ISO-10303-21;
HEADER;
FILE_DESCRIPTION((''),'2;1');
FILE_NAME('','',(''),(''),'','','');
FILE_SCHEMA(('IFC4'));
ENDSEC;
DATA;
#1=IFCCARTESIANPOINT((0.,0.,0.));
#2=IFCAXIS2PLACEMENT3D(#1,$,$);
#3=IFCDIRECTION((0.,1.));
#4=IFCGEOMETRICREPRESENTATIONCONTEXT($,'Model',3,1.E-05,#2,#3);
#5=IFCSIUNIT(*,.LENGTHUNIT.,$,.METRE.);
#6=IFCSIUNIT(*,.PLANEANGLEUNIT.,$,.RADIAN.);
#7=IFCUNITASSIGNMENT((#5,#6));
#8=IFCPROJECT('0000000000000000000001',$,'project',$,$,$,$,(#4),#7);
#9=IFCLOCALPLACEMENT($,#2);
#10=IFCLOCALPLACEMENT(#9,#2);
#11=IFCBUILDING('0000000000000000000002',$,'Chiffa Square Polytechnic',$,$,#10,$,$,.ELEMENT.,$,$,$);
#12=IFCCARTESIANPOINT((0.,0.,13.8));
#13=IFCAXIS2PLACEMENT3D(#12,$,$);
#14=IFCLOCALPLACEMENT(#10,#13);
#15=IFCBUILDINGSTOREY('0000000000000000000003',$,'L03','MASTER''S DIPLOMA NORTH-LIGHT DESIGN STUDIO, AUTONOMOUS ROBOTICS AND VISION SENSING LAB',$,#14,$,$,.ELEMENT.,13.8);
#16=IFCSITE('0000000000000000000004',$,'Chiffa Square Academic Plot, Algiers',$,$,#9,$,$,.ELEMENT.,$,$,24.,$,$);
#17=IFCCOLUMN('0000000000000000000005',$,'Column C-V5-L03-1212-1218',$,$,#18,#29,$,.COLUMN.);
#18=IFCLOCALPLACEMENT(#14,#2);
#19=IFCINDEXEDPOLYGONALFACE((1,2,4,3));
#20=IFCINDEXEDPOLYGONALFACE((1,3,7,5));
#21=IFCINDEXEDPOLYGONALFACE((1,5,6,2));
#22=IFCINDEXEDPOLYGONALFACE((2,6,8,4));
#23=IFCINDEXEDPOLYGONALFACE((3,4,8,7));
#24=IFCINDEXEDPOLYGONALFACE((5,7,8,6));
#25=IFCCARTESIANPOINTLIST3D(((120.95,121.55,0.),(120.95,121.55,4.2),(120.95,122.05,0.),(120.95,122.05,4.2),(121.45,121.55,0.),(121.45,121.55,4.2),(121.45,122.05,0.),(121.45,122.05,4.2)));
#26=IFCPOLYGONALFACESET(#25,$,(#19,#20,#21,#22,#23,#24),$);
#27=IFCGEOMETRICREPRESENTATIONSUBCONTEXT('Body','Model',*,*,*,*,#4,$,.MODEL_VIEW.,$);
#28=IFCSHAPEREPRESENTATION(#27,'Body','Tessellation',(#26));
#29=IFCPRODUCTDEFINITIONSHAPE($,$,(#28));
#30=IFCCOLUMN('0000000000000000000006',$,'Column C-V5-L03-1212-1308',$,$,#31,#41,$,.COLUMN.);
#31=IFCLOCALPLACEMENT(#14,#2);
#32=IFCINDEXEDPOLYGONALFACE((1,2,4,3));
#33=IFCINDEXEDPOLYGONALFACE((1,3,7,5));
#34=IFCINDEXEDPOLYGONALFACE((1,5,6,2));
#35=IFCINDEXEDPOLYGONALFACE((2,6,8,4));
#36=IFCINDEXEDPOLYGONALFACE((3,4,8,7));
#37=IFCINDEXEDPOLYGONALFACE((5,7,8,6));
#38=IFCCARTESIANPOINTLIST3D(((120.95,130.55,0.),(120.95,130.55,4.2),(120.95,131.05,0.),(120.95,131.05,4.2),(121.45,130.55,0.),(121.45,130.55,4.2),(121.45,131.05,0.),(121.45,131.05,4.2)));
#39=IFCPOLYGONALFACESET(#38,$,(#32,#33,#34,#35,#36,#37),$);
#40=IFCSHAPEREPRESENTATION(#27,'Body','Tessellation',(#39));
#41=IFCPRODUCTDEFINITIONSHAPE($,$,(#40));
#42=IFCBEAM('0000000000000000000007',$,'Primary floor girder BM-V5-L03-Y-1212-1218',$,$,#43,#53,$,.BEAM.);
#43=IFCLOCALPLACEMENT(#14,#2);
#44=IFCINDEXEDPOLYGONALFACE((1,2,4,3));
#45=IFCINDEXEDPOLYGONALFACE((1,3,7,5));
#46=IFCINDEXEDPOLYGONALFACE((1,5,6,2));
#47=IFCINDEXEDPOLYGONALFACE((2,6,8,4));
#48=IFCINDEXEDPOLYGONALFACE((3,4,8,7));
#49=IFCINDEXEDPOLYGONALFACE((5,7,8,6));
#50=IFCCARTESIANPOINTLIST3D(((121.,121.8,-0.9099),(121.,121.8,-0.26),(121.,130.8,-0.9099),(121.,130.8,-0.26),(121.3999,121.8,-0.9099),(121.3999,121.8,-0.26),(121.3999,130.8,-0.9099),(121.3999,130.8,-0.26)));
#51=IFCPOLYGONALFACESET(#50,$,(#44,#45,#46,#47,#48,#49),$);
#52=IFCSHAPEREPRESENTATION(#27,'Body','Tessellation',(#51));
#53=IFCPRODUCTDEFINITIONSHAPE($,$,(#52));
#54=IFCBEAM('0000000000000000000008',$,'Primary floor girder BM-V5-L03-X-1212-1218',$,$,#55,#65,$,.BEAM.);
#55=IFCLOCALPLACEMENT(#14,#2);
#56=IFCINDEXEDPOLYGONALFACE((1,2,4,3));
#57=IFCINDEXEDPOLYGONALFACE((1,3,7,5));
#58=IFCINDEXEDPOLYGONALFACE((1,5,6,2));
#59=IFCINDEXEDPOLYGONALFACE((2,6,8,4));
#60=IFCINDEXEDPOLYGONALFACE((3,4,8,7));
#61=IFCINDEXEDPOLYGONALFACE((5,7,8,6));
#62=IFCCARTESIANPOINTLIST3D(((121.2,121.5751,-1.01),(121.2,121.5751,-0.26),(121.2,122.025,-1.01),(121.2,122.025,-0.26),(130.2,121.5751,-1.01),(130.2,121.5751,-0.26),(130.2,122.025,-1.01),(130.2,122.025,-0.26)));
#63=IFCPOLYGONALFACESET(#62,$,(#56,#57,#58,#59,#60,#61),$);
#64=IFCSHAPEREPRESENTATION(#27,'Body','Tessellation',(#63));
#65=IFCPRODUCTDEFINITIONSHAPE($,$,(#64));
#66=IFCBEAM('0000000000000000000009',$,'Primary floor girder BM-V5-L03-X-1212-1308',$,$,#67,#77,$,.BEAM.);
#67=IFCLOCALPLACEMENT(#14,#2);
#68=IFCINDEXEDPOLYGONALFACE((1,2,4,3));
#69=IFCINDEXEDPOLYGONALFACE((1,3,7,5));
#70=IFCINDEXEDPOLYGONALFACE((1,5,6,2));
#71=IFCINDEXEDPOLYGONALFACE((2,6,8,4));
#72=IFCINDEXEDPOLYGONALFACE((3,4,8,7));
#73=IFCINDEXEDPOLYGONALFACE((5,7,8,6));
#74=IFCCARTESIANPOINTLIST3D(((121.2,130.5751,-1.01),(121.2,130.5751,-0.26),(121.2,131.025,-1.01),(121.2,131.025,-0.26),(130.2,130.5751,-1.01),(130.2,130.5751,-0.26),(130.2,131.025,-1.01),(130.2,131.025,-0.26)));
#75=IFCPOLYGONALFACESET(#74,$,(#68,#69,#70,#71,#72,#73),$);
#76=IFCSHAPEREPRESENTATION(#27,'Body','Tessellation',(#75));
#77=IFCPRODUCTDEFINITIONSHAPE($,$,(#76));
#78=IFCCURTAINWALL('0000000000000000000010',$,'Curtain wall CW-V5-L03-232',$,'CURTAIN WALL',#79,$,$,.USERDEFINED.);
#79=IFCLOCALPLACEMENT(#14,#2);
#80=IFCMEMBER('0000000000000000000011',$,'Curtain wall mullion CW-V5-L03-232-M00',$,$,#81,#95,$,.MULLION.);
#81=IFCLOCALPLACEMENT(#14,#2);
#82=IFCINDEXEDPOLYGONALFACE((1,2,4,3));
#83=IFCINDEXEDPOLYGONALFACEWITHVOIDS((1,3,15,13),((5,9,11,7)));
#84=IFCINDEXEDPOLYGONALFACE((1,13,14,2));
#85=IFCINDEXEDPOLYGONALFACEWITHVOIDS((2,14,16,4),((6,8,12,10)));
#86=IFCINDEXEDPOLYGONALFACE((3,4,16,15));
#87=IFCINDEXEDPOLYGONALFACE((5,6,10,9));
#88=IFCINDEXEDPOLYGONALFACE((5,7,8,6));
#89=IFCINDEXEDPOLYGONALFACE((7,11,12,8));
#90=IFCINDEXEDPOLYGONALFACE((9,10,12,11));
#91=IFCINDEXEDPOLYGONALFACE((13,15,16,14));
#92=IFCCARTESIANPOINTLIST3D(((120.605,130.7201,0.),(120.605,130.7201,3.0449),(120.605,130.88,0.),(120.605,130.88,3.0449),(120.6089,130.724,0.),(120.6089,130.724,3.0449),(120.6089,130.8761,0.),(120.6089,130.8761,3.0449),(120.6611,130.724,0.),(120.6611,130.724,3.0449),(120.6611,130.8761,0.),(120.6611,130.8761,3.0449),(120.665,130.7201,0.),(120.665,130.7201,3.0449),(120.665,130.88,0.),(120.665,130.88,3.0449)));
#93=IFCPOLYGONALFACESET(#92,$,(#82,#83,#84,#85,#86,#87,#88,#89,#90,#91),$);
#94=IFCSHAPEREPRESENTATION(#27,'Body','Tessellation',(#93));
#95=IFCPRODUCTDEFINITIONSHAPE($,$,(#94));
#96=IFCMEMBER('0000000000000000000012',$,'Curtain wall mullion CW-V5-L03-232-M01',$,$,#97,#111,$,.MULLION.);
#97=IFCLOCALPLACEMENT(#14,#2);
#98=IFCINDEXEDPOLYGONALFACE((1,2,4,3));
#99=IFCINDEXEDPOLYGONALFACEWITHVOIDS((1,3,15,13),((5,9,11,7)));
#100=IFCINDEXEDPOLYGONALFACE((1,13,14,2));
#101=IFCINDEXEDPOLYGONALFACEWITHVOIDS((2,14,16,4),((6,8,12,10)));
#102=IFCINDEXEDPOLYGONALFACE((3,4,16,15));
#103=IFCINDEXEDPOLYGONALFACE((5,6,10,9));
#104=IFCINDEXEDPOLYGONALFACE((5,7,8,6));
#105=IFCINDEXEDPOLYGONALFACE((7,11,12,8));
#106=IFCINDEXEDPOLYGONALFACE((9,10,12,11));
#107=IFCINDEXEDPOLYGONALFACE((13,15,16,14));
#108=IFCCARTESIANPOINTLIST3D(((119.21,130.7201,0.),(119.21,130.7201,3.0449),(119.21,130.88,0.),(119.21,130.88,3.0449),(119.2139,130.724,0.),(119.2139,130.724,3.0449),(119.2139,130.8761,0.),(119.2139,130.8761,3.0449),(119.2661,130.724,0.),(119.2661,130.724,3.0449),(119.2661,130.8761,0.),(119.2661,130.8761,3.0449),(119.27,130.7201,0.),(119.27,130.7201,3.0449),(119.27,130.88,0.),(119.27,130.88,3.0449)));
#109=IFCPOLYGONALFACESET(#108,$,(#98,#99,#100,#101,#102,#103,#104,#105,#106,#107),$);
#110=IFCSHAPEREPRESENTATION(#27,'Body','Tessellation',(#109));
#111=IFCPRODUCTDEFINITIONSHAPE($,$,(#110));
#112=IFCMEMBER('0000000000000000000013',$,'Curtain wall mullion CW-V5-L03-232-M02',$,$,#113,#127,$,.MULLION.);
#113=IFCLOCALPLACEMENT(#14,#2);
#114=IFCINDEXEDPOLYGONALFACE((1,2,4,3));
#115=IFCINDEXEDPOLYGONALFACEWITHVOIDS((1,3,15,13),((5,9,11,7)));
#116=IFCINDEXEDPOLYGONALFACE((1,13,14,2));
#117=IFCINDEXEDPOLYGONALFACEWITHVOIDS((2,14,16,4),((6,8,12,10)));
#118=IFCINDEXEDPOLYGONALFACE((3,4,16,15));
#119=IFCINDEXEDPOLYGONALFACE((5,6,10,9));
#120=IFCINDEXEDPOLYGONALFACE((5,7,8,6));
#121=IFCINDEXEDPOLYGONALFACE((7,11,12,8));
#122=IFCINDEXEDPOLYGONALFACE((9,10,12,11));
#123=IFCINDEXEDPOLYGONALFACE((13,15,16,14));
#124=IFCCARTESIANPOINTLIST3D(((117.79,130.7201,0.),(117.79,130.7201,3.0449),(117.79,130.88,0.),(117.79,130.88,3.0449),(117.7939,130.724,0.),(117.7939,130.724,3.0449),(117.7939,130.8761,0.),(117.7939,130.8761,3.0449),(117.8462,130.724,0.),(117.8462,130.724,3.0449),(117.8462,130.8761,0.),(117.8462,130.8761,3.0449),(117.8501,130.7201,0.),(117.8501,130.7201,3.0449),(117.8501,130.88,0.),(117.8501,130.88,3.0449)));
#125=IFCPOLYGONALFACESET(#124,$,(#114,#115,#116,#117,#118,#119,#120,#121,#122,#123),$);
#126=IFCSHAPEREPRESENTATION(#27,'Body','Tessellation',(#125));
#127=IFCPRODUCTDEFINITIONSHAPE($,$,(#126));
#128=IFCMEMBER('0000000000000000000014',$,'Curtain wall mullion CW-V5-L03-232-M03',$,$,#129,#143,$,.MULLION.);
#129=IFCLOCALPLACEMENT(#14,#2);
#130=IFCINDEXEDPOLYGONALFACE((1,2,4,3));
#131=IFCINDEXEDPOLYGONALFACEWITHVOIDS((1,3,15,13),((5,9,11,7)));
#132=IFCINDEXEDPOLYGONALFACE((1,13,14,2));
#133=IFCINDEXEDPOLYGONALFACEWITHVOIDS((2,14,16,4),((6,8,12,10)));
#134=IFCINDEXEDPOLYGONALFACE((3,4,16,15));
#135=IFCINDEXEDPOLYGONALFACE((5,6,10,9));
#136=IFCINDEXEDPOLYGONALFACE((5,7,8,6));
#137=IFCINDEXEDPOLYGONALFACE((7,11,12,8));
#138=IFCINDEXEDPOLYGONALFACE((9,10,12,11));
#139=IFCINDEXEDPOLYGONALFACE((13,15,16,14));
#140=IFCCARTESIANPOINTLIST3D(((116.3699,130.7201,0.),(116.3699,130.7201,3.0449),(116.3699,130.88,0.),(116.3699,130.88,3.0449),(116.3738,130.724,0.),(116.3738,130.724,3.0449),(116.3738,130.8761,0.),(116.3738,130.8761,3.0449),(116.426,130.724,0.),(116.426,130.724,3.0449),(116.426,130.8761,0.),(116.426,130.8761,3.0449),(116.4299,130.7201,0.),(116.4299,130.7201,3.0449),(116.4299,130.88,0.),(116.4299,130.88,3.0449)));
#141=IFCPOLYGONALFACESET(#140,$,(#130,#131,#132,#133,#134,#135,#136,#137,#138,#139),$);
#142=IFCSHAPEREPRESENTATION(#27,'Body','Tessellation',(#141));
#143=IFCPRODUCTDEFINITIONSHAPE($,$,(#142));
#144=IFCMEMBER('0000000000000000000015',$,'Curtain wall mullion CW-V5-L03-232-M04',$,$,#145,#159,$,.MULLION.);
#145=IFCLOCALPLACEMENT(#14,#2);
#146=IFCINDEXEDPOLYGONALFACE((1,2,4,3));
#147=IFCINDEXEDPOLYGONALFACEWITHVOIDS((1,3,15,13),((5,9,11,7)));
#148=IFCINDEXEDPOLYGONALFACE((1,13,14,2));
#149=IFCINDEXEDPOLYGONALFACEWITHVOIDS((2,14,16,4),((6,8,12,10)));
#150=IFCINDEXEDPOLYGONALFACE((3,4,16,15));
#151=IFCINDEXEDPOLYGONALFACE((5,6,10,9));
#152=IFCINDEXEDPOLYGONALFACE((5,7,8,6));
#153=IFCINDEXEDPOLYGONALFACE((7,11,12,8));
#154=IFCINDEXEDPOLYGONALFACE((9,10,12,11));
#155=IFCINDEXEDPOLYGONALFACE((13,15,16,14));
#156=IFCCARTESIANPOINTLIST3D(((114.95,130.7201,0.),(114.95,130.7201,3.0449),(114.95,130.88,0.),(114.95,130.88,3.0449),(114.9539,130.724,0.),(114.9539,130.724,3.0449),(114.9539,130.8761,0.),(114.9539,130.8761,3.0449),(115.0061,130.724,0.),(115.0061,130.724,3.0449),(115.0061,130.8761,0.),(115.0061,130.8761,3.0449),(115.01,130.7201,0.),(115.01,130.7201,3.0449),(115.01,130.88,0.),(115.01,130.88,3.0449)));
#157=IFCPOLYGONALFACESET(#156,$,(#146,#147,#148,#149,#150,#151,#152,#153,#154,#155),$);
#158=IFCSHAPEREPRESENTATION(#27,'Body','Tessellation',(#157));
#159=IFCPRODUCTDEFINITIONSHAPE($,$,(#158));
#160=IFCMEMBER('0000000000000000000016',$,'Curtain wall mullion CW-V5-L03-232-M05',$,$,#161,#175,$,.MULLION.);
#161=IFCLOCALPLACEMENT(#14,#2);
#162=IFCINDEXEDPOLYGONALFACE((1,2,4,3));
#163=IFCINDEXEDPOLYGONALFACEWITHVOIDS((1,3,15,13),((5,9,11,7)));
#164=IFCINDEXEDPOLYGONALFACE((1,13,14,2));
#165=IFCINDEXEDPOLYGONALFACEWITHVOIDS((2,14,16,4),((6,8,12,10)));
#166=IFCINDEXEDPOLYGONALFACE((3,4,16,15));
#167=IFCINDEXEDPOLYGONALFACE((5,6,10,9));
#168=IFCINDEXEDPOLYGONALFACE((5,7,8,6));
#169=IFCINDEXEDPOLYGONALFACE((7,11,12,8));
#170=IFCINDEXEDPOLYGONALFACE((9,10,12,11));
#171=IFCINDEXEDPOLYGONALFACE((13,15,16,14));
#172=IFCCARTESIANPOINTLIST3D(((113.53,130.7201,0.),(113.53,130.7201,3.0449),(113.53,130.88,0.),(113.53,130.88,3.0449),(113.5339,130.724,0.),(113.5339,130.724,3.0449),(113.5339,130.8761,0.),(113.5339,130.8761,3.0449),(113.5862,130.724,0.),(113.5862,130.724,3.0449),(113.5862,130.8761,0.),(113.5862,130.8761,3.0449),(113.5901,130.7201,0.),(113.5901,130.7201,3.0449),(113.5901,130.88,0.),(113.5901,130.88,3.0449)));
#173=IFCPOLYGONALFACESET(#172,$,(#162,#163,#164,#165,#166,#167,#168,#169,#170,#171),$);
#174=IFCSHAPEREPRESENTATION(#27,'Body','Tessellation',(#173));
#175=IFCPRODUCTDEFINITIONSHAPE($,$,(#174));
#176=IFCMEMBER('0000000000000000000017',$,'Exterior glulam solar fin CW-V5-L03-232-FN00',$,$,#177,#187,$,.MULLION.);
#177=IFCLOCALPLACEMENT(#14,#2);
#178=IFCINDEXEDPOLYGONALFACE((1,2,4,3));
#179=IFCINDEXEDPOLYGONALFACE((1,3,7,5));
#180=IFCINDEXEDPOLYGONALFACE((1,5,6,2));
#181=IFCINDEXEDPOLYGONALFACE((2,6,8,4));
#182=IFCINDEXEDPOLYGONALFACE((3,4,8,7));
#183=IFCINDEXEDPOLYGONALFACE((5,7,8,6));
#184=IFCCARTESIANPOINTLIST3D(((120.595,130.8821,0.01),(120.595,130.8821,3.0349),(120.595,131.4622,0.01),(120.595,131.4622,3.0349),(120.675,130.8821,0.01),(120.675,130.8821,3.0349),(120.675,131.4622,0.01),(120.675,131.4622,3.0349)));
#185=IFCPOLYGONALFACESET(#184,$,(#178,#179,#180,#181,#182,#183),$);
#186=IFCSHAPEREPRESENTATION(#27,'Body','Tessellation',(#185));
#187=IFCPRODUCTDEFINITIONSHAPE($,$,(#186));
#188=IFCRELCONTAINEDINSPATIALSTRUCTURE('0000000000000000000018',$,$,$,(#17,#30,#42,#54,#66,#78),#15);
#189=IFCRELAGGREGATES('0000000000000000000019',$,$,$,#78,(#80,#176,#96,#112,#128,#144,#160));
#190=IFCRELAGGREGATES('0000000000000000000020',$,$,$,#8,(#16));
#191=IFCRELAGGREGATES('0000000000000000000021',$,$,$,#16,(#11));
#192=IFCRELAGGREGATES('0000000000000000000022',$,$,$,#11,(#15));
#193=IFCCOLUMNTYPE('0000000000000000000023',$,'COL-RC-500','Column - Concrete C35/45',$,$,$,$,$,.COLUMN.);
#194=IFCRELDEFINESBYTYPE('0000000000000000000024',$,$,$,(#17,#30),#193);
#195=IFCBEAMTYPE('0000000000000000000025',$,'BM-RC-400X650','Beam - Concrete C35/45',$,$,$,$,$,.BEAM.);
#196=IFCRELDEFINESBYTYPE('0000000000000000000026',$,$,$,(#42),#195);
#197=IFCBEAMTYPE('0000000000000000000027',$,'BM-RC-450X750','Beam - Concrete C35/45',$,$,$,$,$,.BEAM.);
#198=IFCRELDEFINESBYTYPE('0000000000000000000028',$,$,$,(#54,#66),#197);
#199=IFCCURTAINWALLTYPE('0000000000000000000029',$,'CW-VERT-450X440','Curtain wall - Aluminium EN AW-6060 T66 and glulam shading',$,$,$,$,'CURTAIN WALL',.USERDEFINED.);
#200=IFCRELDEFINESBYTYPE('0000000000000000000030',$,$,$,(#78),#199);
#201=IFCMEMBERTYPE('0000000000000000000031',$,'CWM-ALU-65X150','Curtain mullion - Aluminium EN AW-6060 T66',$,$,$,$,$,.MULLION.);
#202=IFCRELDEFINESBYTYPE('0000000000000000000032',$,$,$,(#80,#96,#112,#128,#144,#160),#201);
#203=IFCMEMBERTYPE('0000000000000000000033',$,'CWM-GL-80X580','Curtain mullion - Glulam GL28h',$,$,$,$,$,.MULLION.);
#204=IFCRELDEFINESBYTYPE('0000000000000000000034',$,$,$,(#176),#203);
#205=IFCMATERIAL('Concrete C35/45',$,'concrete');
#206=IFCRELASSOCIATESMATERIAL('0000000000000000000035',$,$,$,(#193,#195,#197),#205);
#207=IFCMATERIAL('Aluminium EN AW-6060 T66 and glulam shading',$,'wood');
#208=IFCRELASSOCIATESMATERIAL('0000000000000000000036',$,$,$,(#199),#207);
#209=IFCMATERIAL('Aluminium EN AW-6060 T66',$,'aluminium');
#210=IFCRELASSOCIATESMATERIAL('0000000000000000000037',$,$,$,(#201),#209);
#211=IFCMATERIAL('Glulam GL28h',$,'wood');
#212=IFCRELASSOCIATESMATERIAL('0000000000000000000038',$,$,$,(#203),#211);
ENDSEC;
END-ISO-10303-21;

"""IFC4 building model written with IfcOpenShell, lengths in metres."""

from ifc_helpers import new_model, si_unit, direction, frame, origin, origin_2d, place, context, subcontext, project, spatial, rectangle, hollow_rectangle, extrude, material, material_profile, profile_set, type_object, element, aggregate, save


model = new_model("IFC4")

# Units and contexts
model_context = context("Model", 3, precision=1e-05, world=origin(), true_north=direction((0.0, 1.0)))
body_context = subcontext(model_context, "Body", "Model", "MODEL_VIEW")
ifc_project = project(units=[si_unit("LENGTHUNIT", "METRE"), si_unit("PLANEANGLEUNIT", "RADIAN")], contexts=[model_context])

# Site, building, storey
site_placement = place(None, origin())
site = spatial("IfcSite", under=ifc_project, at=site_placement, Name="Chiffa Square Academic Plot, Algiers", CompositionType="ELEMENT", RefElevation=24.0)
building_placement = place(site_placement, origin())
building = spatial("IfcBuilding", under=site, at=building_placement, Name="Chiffa Square Polytechnic", CompositionType="ELEMENT")
storey_placement = place(building_placement, frame((0.0, 0.0, 13.8)))
storey = spatial("IfcBuildingStorey", under=building, at=storey_placement, Name="L03", Description="MASTER'S DIPLOMA NORTH-LIGHT DESIGN STUDIO, AUTONOMOUS ROBOTICS AND VISION SENSING LAB", CompositionType="ELEMENT", Elevation=13.8)

# Columns
ifc_material_1 = material(Name="Concrete C35/45", Category="concrete")
ifc_material_profile_1 = material_profile(ifc_material_1, rectangle(XDim=0.5, YDim=0.5, at=origin_2d()), Name="RC 500x500")
ifc_profile_set_1 = profile_set([ifc_material_profile_1], Name="Concrete C35/45")
column_type = type_object("IfcColumnType", Name="COL-RC-500", Description="Column - Concrete C35/45", PredefinedType="COLUMN", material=ifc_profile_set_1)
for number, where, z_axis, x_axis, name in (
    (1, (121.2, 121.8, 0.0), (0.0, 0.0, 1.0), (1.0, 0.0, 0.0), "Column C-V5-L03-1212-1218"),
    (2, (121.2, 130.8, 0.0), (0.0, 0.0, 1.0), (1.0, 0.0, 0.0), "Column C-V5-L03-1212-1308"),
):
    element("IfcColumn", number, at=place(storey_placement, frame(where, z_axis=z_axis, x_axis=x_axis)), inside=storey, type_object=column_type, Name=name, PredefinedType="COLUMN", context=body_context, shape_type="SweptSolid", body=[
        extrude(rectangle(XDim=0.5, YDim=0.5, at=origin_2d()), origin(), (0.0, 0.0, 1.0), 4.2),
    ])

# Beams
ifc_material_profile_2 = material_profile(ifc_material_1, rectangle(XDim=0.3999, YDim=0.6499, at=origin_2d()), Name="RC 400x650")
ifc_profile_set_2 = profile_set([ifc_material_profile_2], Name="Concrete C35/45")
beam_type_1 = type_object("IfcBeamType", Name="BM-RC-400X650", Description="Beam - Concrete C35/45", PredefinedType="BEAM", material=ifc_profile_set_2)
beam_placement = place(storey_placement, frame((121.2, 121.8, -0.585), z_axis=(0.0, 1.0, 0.0), x_axis=(-1.0, 0.0, 0.0)))
element("IfcBeam", 3, at=beam_placement, inside=storey, type_object=beam_type_1, Name="Primary floor girder BM-V5-L03-Y-1212-1218", PredefinedType="BEAM", context=body_context, shape_type="SweptSolid", body=[
    extrude(rectangle(XDim=0.3999, YDim=0.6499, at=origin_2d()), origin(), (0.0, 0.0, 1.0), 9.0),
])
ifc_material_profile_3 = material_profile(ifc_material_1, rectangle(XDim=0.45, YDim=0.75, at=origin_2d()), Name="RC 450x750")
ifc_profile_set_3 = profile_set([ifc_material_profile_3], Name="Concrete C35/45")
beam_type_2 = type_object("IfcBeamType", Name="BM-RC-450X750", Description="Beam - Concrete C35/45", PredefinedType="BEAM", material=ifc_profile_set_3)
for number, where, z_axis, x_axis, name in (
    (4, (121.2, 121.8, -0.635), (1.0, 0.0, 0.0), (0.0, 1.0, 0.0), "Primary floor girder BM-V5-L03-X-1212-1218"),
    (5, (121.2, 130.8, -0.635), (1.0, 0.0, 0.0), (0.0, 1.0, 0.0), "Primary floor girder BM-V5-L03-X-1212-1308"),
):
    element("IfcBeam", number, at=place(storey_placement, frame(where, z_axis=z_axis, x_axis=x_axis)), inside=storey, type_object=beam_type_2, Name=name, PredefinedType="BEAM", context=body_context, shape_type="SweptSolid", body=[
        extrude(rectangle(XDim=0.45, YDim=0.75, at=origin_2d()), origin(), (0.0, 0.0, 1.0), 9.0),
    ])

# Curtain wall, members
ifc_material_2 = material(Name="Aluminium EN AW-6060 T66 and glulam shading", Category="wood")
curtain_wall_type = type_object("IfcCurtainWallType", Name="CW-VERT-450X440", Description="Curtain wall - Aluminium EN AW-6060 T66 and glulam shading", ElementType="CURTAIN WALL", PredefinedType="USERDEFINED", material=ifc_material_2)
curtain_wall_placement = place(storey_placement, origin())
curtain_wall = element("IfcCurtainWall", 6, at=curtain_wall_placement, inside=storey, type_object=curtain_wall_type, Name="Curtain wall CW-V5-L03-232", ObjectType="CURTAIN WALL", PredefinedType="USERDEFINED")
ifc_material_3 = material(Name="Aluminium EN AW-6060 T66", Category="aluminium")
ifc_material_profile_4 = material_profile(ifc_material_3, hollow_rectangle(XDim=0.0601, YDim=0.1599, WallThickness=0.0039, at=origin_2d()), Name="ALU 60x160x4")
ifc_profile_set_4 = profile_set([ifc_material_profile_4], Name="Aluminium EN AW-6060 T66")
member_type_1 = type_object("IfcMemberType", Name="CWM-ALU-65X150", Description="Curtain mullion - Aluminium EN AW-6060 T66", PredefinedType="MULLION", material=ifc_profile_set_4)
member_1_placement = place(storey_placement, frame((120.635, 130.8, 0.0), z_axis=(0.0, 0.0, 1.0), x_axis=(1.0, 0.0, 0.0)))
member_1 = element("IfcMember", 7, at=member_1_placement, type_object=member_type_1, Name="Curtain wall mullion CW-V5-L03-232-M00", PredefinedType="MULLION", context=body_context, shape_type="SweptSolid", body=[
    extrude(hollow_rectangle(XDim=0.0601, YDim=0.1599, WallThickness=0.0039, at=origin_2d()), origin(), (0.0, 0.0, 1.0), 3.0449),
])
member_2_placement = place(storey_placement, frame((119.24, 130.8, 0.0), z_axis=(0.0, 0.0, 1.0), x_axis=(1.0, 0.0, 0.0)))
member_2 = element("IfcMember", 8, at=member_2_placement, type_object=member_type_1, Name="Curtain wall mullion CW-V5-L03-232-M01", PredefinedType="MULLION", context=body_context, shape_type="SweptSolid", body=[
    extrude(hollow_rectangle(XDim=0.0601, YDim=0.1599, WallThickness=0.0039, at=origin_2d()), origin(), (0.0, 0.0, 1.0), 3.0449),
])
member_3_placement = place(storey_placement, frame((117.8201, 130.8, 0.0), z_axis=(0.0, 0.0, 1.0), x_axis=(1.0, 0.0, 0.0)))
member_3 = element("IfcMember", 9, at=member_3_placement, type_object=member_type_1, Name="Curtain wall mullion CW-V5-L03-232-M02", PredefinedType="MULLION", context=body_context, shape_type="SweptSolid", body=[
    extrude(hollow_rectangle(XDim=0.0601, YDim=0.1599, WallThickness=0.0039, at=origin_2d()), origin(), (0.0, 0.0, 1.0), 3.0449),
])
member_4_placement = place(storey_placement, frame((116.3999, 130.8, 0.0), z_axis=(0.0, 0.0, 1.0), x_axis=(1.0, 0.0, 0.0)))
member_4 = element("IfcMember", 10, at=member_4_placement, type_object=member_type_1, Name="Curtain wall mullion CW-V5-L03-232-M03", PredefinedType="MULLION", context=body_context, shape_type="SweptSolid", body=[
    extrude(hollow_rectangle(XDim=0.0601, YDim=0.1599, WallThickness=0.0039, at=origin_2d()), origin(), (0.0, 0.0, 1.0), 3.0449),
])
member_5_placement = place(storey_placement, frame((114.98, 130.8, 0.0), z_axis=(0.0, 0.0, 1.0), x_axis=(1.0, 0.0, 0.0)))
member_5 = element("IfcMember", 11, at=member_5_placement, type_object=member_type_1, Name="Curtain wall mullion CW-V5-L03-232-M04", PredefinedType="MULLION", context=body_context, shape_type="SweptSolid", body=[
    extrude(hollow_rectangle(XDim=0.0601, YDim=0.1599, WallThickness=0.0039, at=origin_2d()), origin(), (0.0, 0.0, 1.0), 3.0449),
])
member_6_placement = place(storey_placement, frame((113.5601, 130.8, 0.0), z_axis=(0.0, 0.0, 1.0), x_axis=(1.0, 0.0, 0.0)))
member_6 = element("IfcMember", 12, at=member_6_placement, type_object=member_type_1, Name="Curtain wall mullion CW-V5-L03-232-M05", PredefinedType="MULLION", context=body_context, shape_type="SweptSolid", body=[
    extrude(hollow_rectangle(XDim=0.0601, YDim=0.1599, WallThickness=0.0039, at=origin_2d()), origin(), (0.0, 0.0, 1.0), 3.0449),
])
ifc_material_4 = material(Name="Glulam GL28h", Category="wood")
ifc_material_profile_5 = material_profile(ifc_material_4, rectangle(XDim=0.0801, YDim=0.5801, at=origin_2d()), Name="GL28h 80x580")
ifc_profile_set_5 = profile_set([ifc_material_profile_5], Name="Glulam GL28h")
member_type_2 = type_object("IfcMemberType", Name="CWM-GL-80X580", Description="Curtain mullion - Glulam GL28h", PredefinedType="MULLION", material=ifc_profile_set_5)
member_7_placement = place(storey_placement, frame((120.635, 131.1721, 0.01), z_axis=(0.0, 0.0, 1.0), x_axis=(-1.0, 0.0, 0.0)))
member_7 = element("IfcMember", 13, at=member_7_placement, type_object=member_type_2, Name="Exterior glulam solar fin CW-V5-L03-232-FN00", PredefinedType="MULLION", context=body_context, shape_type="SweptSolid", body=[
    extrude(rectangle(XDim=0.0801, YDim=0.5801, at=origin_2d()), origin(), (0.0, 0.0, 1.0), 3.0249),
])

aggregate(curtain_wall, [member_1, member_7, member_2, member_3, member_4, member_5, member_6])

save(model, "model.ifc")
